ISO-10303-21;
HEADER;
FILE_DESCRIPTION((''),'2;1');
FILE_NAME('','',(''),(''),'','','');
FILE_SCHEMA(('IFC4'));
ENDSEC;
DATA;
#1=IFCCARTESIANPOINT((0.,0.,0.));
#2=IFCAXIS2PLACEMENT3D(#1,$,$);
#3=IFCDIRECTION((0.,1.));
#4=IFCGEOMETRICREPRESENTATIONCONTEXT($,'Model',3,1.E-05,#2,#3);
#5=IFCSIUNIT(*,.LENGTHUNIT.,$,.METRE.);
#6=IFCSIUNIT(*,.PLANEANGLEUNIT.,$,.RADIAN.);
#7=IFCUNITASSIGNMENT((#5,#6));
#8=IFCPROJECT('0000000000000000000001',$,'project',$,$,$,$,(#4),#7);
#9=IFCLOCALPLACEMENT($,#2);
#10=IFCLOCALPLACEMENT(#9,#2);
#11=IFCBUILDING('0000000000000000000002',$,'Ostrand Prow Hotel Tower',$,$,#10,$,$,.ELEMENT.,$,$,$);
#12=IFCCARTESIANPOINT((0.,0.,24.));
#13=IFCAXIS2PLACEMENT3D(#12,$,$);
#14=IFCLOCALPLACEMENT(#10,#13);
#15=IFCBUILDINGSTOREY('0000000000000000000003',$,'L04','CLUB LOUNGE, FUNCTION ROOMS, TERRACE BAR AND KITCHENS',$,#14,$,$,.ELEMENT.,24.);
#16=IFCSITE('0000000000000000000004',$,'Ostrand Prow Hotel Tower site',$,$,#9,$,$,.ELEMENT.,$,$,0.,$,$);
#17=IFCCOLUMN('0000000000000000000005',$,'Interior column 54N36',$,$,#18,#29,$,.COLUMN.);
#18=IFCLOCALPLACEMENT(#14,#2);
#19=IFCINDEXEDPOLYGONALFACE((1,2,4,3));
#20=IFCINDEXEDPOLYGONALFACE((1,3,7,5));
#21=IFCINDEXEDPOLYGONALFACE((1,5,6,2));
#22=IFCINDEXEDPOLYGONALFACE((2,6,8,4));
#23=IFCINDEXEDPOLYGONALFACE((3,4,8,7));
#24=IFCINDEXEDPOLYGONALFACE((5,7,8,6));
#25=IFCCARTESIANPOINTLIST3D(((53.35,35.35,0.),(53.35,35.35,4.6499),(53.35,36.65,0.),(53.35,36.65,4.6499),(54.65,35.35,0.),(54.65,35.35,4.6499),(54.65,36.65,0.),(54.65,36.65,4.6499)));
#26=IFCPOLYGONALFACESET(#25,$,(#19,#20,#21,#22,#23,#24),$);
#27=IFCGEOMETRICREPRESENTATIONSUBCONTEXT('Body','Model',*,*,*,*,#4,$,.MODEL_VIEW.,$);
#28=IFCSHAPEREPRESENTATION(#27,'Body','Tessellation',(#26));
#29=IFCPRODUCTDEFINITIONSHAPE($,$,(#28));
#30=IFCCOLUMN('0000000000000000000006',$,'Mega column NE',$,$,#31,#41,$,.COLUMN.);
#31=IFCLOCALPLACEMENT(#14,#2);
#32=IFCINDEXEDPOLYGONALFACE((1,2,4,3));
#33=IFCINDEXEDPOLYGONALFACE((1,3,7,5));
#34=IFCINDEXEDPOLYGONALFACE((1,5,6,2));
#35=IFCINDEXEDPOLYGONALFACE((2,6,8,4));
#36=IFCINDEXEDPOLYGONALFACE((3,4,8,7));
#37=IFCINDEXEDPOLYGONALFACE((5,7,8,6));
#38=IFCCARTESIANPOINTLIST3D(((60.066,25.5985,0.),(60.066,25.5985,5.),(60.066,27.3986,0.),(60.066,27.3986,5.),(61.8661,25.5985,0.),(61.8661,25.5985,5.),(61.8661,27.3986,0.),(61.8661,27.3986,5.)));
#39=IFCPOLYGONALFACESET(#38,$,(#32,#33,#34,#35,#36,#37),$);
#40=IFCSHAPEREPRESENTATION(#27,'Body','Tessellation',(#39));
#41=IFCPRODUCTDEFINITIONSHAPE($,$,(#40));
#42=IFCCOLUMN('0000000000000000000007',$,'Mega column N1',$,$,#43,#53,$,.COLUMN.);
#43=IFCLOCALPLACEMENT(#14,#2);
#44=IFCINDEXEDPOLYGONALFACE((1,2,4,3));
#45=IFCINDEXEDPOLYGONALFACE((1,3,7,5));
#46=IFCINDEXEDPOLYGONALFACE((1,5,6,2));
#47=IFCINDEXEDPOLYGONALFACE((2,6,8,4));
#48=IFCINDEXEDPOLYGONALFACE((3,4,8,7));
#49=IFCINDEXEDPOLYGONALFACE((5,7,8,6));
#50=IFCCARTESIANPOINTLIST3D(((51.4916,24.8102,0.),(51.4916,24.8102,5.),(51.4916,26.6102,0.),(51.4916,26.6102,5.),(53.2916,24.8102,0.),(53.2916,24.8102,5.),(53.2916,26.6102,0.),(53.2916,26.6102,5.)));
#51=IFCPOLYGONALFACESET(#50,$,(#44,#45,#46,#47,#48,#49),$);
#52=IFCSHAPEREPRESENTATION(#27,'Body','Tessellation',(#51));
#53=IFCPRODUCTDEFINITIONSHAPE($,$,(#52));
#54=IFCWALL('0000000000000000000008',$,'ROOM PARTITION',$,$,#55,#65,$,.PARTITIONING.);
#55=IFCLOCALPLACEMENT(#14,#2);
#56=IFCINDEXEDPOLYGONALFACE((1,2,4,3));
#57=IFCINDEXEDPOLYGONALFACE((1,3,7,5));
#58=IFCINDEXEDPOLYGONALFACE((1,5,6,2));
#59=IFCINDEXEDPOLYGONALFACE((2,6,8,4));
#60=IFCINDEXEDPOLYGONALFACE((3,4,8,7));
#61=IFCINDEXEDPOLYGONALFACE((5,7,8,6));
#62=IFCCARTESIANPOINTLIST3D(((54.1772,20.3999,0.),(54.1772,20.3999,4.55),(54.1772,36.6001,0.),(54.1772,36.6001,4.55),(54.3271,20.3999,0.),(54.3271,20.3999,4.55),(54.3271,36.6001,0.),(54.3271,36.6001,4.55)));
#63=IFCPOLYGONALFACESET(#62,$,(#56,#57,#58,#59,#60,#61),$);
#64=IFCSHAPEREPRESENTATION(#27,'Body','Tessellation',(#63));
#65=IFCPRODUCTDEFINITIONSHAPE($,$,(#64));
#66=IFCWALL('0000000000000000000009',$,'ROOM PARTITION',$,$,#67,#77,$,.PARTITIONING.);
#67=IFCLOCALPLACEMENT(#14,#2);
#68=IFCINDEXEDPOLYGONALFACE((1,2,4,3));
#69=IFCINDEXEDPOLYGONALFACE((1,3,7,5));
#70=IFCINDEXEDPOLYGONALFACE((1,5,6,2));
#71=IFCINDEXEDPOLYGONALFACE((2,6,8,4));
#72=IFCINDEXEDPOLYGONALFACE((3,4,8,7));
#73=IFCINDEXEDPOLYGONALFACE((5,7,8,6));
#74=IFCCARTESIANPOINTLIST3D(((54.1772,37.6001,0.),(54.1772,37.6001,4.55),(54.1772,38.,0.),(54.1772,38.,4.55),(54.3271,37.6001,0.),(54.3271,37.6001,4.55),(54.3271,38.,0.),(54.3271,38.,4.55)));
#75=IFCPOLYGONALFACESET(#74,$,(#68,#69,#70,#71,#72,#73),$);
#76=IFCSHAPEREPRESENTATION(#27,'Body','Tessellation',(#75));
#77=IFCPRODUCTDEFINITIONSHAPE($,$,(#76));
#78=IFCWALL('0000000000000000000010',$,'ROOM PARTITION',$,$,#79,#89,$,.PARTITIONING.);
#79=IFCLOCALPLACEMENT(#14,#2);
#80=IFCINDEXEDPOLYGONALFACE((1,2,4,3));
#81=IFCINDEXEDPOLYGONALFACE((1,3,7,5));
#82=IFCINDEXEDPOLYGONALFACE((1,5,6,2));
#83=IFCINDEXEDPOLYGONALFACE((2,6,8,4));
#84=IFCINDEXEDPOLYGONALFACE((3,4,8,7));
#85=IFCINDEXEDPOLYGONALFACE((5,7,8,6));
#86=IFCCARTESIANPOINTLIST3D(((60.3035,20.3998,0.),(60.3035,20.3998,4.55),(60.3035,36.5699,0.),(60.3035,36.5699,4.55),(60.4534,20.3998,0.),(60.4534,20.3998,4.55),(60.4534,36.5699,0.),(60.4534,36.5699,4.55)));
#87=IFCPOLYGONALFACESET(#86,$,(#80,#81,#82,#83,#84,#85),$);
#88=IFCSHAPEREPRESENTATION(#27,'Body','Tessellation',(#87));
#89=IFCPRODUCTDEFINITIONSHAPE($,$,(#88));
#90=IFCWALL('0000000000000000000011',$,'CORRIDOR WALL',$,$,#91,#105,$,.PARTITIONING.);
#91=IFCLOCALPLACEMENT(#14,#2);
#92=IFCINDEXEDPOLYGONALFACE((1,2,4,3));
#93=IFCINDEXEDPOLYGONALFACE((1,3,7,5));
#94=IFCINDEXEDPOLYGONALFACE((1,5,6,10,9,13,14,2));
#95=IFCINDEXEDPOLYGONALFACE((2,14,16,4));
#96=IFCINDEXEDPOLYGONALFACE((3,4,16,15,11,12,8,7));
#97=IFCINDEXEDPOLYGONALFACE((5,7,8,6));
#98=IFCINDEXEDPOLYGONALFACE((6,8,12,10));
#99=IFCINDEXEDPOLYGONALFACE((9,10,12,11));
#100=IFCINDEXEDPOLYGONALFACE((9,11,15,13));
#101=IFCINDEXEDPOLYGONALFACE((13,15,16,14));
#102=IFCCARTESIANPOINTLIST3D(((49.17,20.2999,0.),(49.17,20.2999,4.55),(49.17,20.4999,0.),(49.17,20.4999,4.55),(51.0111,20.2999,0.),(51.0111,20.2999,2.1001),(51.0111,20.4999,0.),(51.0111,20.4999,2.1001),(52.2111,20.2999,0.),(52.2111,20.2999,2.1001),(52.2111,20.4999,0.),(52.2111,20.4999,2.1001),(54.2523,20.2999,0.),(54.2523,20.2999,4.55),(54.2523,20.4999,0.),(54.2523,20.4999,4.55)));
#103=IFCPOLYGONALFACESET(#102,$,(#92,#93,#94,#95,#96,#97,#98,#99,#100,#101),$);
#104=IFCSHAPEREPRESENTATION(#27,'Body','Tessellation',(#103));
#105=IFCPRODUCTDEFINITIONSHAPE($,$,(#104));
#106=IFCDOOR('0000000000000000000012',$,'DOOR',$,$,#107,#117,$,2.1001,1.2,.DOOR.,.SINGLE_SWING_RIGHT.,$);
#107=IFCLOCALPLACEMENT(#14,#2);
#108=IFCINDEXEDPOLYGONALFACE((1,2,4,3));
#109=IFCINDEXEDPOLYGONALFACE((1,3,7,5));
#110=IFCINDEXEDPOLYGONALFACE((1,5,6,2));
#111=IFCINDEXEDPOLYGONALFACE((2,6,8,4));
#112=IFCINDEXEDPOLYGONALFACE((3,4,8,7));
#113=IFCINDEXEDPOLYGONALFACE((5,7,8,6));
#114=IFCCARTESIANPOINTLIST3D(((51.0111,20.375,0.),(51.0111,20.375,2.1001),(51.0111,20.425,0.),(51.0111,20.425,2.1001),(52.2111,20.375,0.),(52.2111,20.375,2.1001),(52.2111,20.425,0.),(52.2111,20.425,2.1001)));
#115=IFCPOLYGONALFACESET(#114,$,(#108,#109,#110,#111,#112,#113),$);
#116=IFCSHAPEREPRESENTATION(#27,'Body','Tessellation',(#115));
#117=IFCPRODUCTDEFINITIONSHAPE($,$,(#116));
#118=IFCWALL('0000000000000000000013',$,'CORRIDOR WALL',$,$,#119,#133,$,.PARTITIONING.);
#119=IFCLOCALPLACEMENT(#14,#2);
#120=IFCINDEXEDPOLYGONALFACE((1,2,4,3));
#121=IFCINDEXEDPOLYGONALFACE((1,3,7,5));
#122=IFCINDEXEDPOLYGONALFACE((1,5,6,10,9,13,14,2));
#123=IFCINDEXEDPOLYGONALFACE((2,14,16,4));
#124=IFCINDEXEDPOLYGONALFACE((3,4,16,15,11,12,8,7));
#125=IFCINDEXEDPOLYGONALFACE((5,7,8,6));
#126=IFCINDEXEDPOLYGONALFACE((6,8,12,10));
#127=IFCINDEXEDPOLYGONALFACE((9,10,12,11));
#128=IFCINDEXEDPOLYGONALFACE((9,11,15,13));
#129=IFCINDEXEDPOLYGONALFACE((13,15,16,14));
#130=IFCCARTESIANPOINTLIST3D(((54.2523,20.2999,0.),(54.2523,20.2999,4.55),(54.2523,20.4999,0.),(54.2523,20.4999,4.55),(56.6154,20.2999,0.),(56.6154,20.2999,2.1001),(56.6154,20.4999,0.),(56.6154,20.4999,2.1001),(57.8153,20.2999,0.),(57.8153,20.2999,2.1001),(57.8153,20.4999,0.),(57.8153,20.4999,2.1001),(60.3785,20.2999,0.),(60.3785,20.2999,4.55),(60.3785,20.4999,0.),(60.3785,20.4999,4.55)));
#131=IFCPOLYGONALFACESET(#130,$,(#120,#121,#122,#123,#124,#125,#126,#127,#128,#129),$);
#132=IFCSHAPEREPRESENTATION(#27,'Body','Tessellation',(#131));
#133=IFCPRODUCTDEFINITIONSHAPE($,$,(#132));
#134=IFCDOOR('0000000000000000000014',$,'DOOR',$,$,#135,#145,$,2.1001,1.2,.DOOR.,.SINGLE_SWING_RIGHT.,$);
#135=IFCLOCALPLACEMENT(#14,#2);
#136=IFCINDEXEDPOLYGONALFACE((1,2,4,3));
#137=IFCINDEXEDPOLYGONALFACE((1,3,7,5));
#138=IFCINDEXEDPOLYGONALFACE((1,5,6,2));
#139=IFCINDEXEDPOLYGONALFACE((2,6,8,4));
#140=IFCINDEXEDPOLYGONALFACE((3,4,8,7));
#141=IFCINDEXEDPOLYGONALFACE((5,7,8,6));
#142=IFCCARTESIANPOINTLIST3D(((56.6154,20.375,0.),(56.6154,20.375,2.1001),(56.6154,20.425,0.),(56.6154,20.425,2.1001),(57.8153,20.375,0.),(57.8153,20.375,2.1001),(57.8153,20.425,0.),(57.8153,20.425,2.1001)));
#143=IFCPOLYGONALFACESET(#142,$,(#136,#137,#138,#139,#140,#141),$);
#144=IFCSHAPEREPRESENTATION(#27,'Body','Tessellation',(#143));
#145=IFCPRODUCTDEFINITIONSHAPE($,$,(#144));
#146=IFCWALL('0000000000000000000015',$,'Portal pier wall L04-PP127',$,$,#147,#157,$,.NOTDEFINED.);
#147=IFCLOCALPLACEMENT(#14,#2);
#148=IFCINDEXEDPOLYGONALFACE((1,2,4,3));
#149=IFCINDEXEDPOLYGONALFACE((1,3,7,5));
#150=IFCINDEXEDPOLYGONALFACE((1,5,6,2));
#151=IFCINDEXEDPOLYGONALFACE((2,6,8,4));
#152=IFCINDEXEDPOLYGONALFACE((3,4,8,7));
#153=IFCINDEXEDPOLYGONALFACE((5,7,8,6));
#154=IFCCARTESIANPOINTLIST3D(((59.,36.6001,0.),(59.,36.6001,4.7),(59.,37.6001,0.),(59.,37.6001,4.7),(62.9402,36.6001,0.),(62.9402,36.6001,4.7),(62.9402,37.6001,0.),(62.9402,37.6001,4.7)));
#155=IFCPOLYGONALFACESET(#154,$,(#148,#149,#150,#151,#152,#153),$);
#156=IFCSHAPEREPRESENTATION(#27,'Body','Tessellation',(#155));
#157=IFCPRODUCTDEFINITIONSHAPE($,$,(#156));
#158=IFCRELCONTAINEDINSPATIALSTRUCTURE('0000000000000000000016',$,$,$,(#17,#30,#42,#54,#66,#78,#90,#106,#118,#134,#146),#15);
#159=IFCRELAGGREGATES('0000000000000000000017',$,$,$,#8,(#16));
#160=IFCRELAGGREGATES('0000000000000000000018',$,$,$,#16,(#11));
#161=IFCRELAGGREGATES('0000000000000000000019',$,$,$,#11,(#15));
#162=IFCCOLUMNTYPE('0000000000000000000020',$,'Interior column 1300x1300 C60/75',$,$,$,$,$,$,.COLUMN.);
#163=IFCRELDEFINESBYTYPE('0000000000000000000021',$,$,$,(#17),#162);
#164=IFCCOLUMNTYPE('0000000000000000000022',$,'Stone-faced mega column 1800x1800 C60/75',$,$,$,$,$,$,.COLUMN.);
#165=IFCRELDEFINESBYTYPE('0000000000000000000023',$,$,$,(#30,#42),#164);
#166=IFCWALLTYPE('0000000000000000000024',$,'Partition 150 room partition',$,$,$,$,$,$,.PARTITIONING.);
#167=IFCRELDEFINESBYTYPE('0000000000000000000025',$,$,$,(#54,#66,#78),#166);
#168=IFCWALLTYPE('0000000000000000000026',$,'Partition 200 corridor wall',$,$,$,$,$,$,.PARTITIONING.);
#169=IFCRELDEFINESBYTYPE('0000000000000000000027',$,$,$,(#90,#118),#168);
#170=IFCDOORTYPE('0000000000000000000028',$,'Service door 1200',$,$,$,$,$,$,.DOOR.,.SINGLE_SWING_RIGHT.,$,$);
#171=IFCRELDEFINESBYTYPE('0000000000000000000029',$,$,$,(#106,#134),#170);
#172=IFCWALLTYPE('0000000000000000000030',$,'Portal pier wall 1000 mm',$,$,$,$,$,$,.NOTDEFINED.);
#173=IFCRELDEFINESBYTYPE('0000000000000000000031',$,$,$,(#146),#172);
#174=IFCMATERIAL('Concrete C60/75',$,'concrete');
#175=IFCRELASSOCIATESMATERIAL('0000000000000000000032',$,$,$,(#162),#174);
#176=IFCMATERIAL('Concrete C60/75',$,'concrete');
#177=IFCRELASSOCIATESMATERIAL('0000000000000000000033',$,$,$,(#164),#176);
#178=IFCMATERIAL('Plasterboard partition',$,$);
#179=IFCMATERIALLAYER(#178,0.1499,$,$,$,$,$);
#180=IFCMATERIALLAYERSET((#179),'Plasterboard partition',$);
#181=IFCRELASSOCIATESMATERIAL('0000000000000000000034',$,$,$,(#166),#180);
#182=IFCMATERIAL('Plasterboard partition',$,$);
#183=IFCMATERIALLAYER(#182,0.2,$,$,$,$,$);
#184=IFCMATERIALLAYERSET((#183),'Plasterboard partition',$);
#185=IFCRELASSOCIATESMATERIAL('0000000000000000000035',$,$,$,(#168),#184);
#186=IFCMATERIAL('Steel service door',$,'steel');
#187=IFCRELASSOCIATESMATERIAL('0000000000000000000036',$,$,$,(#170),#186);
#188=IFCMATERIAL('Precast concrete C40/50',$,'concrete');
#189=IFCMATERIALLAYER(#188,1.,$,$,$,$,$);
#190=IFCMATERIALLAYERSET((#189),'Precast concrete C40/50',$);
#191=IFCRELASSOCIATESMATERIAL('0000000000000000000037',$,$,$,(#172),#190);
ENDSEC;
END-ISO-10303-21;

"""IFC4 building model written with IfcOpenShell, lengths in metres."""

from ifc_helpers import new_model, si_unit, direction, frame, frame_2d, origin, origin_2d, place, context, subcontext, project, spatial, polyline, rectangle, outline, extrude, material, layer, layer_set, material_profile, profile_set, type_object, element, fill, save


model = new_model("IFC4")

# Units and contexts
model_context = context("Model", 3, precision=1e-05, world=origin(), true_north=direction((0.0, 1.0)))
body_context = subcontext(model_context, "Body", "Model", "MODEL_VIEW")
ifc_project = project(units=[si_unit("LENGTHUNIT", "METRE"), si_unit("PLANEANGLEUNIT", "RADIAN")], contexts=[model_context])

# Site, building, storey
site_placement = place(None, origin())
site = spatial("IfcSite", under=ifc_project, at=site_placement, Name="Ostrand Prow Hotel Tower site", CompositionType="ELEMENT", RefElevation=0.0)
building_placement = place(site_placement, origin())
building = spatial("IfcBuilding", under=site, at=building_placement, Name="Ostrand Prow Hotel Tower", CompositionType="ELEMENT")
storey_placement = place(building_placement, frame((0.0, 0.0, 24.0)))
storey = spatial("IfcBuildingStorey", under=building, at=storey_placement, Name="L04", Description="CLUB LOUNGE, FUNCTION ROOMS, TERRACE BAR AND KITCHENS", CompositionType="ELEMENT", Elevation=24.0)

# Columns
ifc_material_1 = material(Name="Concrete C60/75", Category="concrete")
ifc_material_profile_1 = material_profile(ifc_material_1, rectangle(XDim=1.3, YDim=1.3, at=origin_2d()), Name="RC 1300x1300")
ifc_profile_set_1 = profile_set([ifc_material_profile_1], Name="Concrete C60/75")
column_type_1 = type_object("IfcColumnType", Name="Interior column 1300x1300 C60/75", PredefinedType="COLUMN", material=ifc_profile_set_1)
column_placement = place(storey_placement, frame((54.0, 36.0, 0.0), z_axis=(0.0, 0.0, 1.0), x_axis=(1.0, 0.0, 0.0)))
element("IfcColumn", 1, at=column_placement, inside=storey, type_object=column_type_1, Name="Interior column 54N36", PredefinedType="COLUMN", context=body_context, shape_type="SweptSolid", body=[
    extrude(rectangle(XDim=1.3, YDim=1.3, at=origin_2d()), origin(), (0.0, 0.0, 1.0), 4.6499),
])
ifc_material_2 = material(Name="Concrete C60/75", Category="concrete")
ifc_material_profile_2 = material_profile(ifc_material_2, rectangle(XDim=1.8, YDim=1.8, at=origin_2d()), Name="RC 1800x1800")
ifc_profile_set_2 = profile_set([ifc_material_profile_2], Name="Concrete C60/75")
column_type_2 = type_object("IfcColumnType", Name="Stone-faced mega column 1800x1800 C60/75", PredefinedType="COLUMN", material=ifc_profile_set_2)
for number, where, z_axis, x_axis, name in (
    (2, (60.9661, 26.4985, 0.0), (0.0, 0.0, 1.0), (1.0, 0.0, 0.0), "Mega column NE"),
    (3, (52.3916, 25.7102, 0.0), (0.0, 0.0, 1.0), (1.0, 0.0, 0.0), "Mega column N1"),
):
    element("IfcColumn", number, at=place(storey_placement, frame(where, z_axis=z_axis, x_axis=x_axis)), inside=storey, type_object=column_type_2, Name=name, PredefinedType="COLUMN", context=body_context, shape_type="SweptSolid", body=[
        extrude(rectangle(XDim=1.8, YDim=1.8, at=origin_2d()), origin(), (0.0, 0.0, 1.0), 5.0),
    ])

# Walls
ifc_material_3 = material(Name="Plasterboard partition")
ifc_layer_1 = layer(ifc_material_3, 0.1499)
ifc_layer_set_1 = layer_set([ifc_layer_1], Name="Plasterboard partition")
wall_type_1 = type_object("IfcWallType", Name="Partition 150 room partition", PredefinedType="PARTITIONING", material=ifc_layer_set_1)
wall_1_placement = place(storey_placement, frame((54.2522, 20.3999, 0.0), z_axis=(0.0, 0.0, 1.0), x_axis=(0.0, 1.0, 0.0)))
element("IfcWall", 4, at=wall_1_placement, inside=storey, type_object=wall_type_1, Name="ROOM PARTITION", PredefinedType="PARTITIONING", context=body_context, shape_type="SweptSolid", body=[
    extrude(rectangle(XDim=16.2002, YDim=0.1499, at=frame_2d((8.1001, 0.0))), origin(), (0.0, 0.0, 1.0), 4.55),
])
wall_2_placement = place(storey_placement, frame((54.2522, 37.6001, 0.0), z_axis=(0.0, 0.0, 1.0), x_axis=(0.0, 1.0, 0.0)))
element("IfcWall", 5, at=wall_2_placement, inside=storey, type_object=wall_type_1, Name="ROOM PARTITION", PredefinedType="PARTITIONING", context=body_context, shape_type="SweptSolid", body=[
    extrude(rectangle(XDim=0.3999, YDim=0.1499, at=frame_2d((0.2, 0.0))), origin(), (0.0, 0.0, 1.0), 4.55),
])
wall_3_placement = place(storey_placement, frame((60.3784, 20.3999, 0.0), z_axis=(0.0, 0.0, 1.0), x_axis=(0.0, 1.0, 0.0)))
element("IfcWall", 6, at=wall_3_placement, inside=storey, type_object=wall_type_1, Name="ROOM PARTITION", PredefinedType="PARTITIONING", context=body_context, shape_type="SweptSolid", body=[
    extrude(rectangle(XDim=16.1702, YDim=0.1499, at=frame_2d((8.085, 0.0))), origin(), (0.0, 0.0, 1.0), 4.55),
])

# Walls, openings, doors
ifc_material_4 = material(Name="Plasterboard partition")
ifc_layer_2 = layer(ifc_material_4, 0.2)
ifc_layer_set_2 = layer_set([ifc_layer_2], Name="Plasterboard partition")
wall_type_2 = type_object("IfcWallType", Name="Partition 200 corridor wall", PredefinedType="PARTITIONING", material=ifc_layer_set_2)
wall_4_placement = place(storey_placement, frame((54.2522, 20.3999, 0.0), z_axis=(0.0, 0.0, 1.0), x_axis=(-1.0, 0.0, 0.0)))
wall_4 = element("IfcWall", 7, at=wall_4_placement, inside=storey, type_object=wall_type_2, Name="CORRIDOR WALL", PredefinedType="PARTITIONING", context=body_context, shape_type="SweptSolid", body=[
    extrude(rectangle(XDim=5.0823, YDim=0.2, at=frame_2d((2.541, 0.0))), origin(), (0.0, 0.0, 1.0), 4.55),
])
opening_1_placement = place(wall_4_placement, frame((2.041, 0.0, 0.0)))
opening_1 = element("IfcOpeningElement", 8, at=opening_1_placement, cuts=wall_4, PredefinedType="OPENING", context=body_context, shape_type="SweptSolid", body=[
    extrude(rectangle(XDim=1.2, YDim=2.1001, at=frame_2d((0.6001, 1.05))), frame((0.0, 0.1099, 0.0), z_axis=(0.0, -1.0, 0.0), x_axis=(1.0, 0.0, 0.0)), (0.0, 0.0, 1.0), 0.22),
])
ifc_material_5 = material(Name="Steel service door", Category="steel")
door_type = type_object("IfcDoorType", Name="Service door 1200", OperationType="SINGLE_SWING_RIGHT", PredefinedType="DOOR", material=ifc_material_5)
door_1_placement = place(opening_1_placement, origin())
door_1 = element("IfcDoor", 9, at=door_1_placement, inside=storey, type_object=door_type, Name="DOOR", OperationType="SINGLE_SWING_RIGHT", OverallHeight=2.1001, OverallWidth=1.2, PredefinedType="DOOR", context=body_context, shape_type="SweptSolid", body=[
    extrude(rectangle(XDim=1.2, YDim=2.1001, at=frame_2d((0.6001, 1.05))), frame((0.0, 0.0249, 0.0), z_axis=(0.0, -1.0, 0.0), x_axis=(1.0, 0.0, 0.0)), (0.0, 0.0, 1.0), 0.05),
])
fill(opening_1, door_1)
wall_5_placement = place(storey_placement, frame((60.3784, 20.3999, 0.0), z_axis=(0.0, 0.0, 1.0), x_axis=(-1.0, 0.0, 0.0)))
wall_5 = element("IfcWall", 10, at=wall_5_placement, inside=storey, type_object=wall_type_2, Name="CORRIDOR WALL", PredefinedType="PARTITIONING", context=body_context, shape_type="SweptSolid", body=[
    extrude(rectangle(XDim=6.1262, YDim=0.2, at=frame_2d((3.063, 0.0))), origin(), (0.0, 0.0, 1.0), 4.55),
])
opening_2_placement = place(wall_5_placement, frame((2.563, 0.0, 0.0)))
opening_2 = element("IfcOpeningElement", 11, at=opening_2_placement, cuts=wall_5, PredefinedType="OPENING", context=body_context, shape_type="SweptSolid", body=[
    extrude(rectangle(XDim=1.2, YDim=2.1001, at=frame_2d((0.6001, 1.05))), frame((0.0, 0.1099, 0.0), z_axis=(0.0, -1.0, 0.0), x_axis=(1.0, 0.0, 0.0)), (0.0, 0.0, 1.0), 0.22),
])
door_2_placement = place(opening_2_placement, origin())
door_2 = element("IfcDoor", 12, at=door_2_placement, inside=storey, type_object=door_type, Name="DOOR", OperationType="SINGLE_SWING_RIGHT", OverallHeight=2.1001, OverallWidth=1.2, PredefinedType="DOOR", context=body_context, shape_type="SweptSolid", body=[
    extrude(rectangle(XDim=1.2, YDim=2.1001, at=frame_2d((0.6001, 1.05))), frame((0.0, 0.0249, 0.0), z_axis=(0.0, -1.0, 0.0), x_axis=(1.0, 0.0, 0.0)), (0.0, 0.0, 1.0), 0.05),
])
fill(opening_2, door_2)

# Wall
ifc_material_6 = material(Name="Precast concrete C40/50", Category="concrete")
ifc_layer_3 = layer(ifc_material_6, 1.0)
ifc_layer_set_3 = layer_set([ifc_layer_3], Name="Precast concrete C40/50")
wall_type_3 = type_object("IfcWallType", Name="Portal pier wall 1000 mm", PredefinedType="NOTDEFINED", material=ifc_layer_set_3)
wall_6_placement = place(storey_placement, frame((62.9402, 37.1001, 0.0), z_axis=(0.0, 0.0, 1.0), x_axis=(-1.0, 0.0, 0.0)))
element("IfcWall", 13, at=wall_6_placement, inside=storey, type_object=wall_type_3, Name="Portal pier wall L04-PP127", PredefinedType="NOTDEFINED", context=body_context, shape_type="SweptSolid", body=[
    extrude(outline(polyline([(0.0, -0.5), (3.9402, -0.5), (3.9402, 0.5), (0.0, 0.5), (0.0, -0.5)])), origin(), (0.0, 0.0, 1.0), 4.7),
])

save(model, "model.ifc")
